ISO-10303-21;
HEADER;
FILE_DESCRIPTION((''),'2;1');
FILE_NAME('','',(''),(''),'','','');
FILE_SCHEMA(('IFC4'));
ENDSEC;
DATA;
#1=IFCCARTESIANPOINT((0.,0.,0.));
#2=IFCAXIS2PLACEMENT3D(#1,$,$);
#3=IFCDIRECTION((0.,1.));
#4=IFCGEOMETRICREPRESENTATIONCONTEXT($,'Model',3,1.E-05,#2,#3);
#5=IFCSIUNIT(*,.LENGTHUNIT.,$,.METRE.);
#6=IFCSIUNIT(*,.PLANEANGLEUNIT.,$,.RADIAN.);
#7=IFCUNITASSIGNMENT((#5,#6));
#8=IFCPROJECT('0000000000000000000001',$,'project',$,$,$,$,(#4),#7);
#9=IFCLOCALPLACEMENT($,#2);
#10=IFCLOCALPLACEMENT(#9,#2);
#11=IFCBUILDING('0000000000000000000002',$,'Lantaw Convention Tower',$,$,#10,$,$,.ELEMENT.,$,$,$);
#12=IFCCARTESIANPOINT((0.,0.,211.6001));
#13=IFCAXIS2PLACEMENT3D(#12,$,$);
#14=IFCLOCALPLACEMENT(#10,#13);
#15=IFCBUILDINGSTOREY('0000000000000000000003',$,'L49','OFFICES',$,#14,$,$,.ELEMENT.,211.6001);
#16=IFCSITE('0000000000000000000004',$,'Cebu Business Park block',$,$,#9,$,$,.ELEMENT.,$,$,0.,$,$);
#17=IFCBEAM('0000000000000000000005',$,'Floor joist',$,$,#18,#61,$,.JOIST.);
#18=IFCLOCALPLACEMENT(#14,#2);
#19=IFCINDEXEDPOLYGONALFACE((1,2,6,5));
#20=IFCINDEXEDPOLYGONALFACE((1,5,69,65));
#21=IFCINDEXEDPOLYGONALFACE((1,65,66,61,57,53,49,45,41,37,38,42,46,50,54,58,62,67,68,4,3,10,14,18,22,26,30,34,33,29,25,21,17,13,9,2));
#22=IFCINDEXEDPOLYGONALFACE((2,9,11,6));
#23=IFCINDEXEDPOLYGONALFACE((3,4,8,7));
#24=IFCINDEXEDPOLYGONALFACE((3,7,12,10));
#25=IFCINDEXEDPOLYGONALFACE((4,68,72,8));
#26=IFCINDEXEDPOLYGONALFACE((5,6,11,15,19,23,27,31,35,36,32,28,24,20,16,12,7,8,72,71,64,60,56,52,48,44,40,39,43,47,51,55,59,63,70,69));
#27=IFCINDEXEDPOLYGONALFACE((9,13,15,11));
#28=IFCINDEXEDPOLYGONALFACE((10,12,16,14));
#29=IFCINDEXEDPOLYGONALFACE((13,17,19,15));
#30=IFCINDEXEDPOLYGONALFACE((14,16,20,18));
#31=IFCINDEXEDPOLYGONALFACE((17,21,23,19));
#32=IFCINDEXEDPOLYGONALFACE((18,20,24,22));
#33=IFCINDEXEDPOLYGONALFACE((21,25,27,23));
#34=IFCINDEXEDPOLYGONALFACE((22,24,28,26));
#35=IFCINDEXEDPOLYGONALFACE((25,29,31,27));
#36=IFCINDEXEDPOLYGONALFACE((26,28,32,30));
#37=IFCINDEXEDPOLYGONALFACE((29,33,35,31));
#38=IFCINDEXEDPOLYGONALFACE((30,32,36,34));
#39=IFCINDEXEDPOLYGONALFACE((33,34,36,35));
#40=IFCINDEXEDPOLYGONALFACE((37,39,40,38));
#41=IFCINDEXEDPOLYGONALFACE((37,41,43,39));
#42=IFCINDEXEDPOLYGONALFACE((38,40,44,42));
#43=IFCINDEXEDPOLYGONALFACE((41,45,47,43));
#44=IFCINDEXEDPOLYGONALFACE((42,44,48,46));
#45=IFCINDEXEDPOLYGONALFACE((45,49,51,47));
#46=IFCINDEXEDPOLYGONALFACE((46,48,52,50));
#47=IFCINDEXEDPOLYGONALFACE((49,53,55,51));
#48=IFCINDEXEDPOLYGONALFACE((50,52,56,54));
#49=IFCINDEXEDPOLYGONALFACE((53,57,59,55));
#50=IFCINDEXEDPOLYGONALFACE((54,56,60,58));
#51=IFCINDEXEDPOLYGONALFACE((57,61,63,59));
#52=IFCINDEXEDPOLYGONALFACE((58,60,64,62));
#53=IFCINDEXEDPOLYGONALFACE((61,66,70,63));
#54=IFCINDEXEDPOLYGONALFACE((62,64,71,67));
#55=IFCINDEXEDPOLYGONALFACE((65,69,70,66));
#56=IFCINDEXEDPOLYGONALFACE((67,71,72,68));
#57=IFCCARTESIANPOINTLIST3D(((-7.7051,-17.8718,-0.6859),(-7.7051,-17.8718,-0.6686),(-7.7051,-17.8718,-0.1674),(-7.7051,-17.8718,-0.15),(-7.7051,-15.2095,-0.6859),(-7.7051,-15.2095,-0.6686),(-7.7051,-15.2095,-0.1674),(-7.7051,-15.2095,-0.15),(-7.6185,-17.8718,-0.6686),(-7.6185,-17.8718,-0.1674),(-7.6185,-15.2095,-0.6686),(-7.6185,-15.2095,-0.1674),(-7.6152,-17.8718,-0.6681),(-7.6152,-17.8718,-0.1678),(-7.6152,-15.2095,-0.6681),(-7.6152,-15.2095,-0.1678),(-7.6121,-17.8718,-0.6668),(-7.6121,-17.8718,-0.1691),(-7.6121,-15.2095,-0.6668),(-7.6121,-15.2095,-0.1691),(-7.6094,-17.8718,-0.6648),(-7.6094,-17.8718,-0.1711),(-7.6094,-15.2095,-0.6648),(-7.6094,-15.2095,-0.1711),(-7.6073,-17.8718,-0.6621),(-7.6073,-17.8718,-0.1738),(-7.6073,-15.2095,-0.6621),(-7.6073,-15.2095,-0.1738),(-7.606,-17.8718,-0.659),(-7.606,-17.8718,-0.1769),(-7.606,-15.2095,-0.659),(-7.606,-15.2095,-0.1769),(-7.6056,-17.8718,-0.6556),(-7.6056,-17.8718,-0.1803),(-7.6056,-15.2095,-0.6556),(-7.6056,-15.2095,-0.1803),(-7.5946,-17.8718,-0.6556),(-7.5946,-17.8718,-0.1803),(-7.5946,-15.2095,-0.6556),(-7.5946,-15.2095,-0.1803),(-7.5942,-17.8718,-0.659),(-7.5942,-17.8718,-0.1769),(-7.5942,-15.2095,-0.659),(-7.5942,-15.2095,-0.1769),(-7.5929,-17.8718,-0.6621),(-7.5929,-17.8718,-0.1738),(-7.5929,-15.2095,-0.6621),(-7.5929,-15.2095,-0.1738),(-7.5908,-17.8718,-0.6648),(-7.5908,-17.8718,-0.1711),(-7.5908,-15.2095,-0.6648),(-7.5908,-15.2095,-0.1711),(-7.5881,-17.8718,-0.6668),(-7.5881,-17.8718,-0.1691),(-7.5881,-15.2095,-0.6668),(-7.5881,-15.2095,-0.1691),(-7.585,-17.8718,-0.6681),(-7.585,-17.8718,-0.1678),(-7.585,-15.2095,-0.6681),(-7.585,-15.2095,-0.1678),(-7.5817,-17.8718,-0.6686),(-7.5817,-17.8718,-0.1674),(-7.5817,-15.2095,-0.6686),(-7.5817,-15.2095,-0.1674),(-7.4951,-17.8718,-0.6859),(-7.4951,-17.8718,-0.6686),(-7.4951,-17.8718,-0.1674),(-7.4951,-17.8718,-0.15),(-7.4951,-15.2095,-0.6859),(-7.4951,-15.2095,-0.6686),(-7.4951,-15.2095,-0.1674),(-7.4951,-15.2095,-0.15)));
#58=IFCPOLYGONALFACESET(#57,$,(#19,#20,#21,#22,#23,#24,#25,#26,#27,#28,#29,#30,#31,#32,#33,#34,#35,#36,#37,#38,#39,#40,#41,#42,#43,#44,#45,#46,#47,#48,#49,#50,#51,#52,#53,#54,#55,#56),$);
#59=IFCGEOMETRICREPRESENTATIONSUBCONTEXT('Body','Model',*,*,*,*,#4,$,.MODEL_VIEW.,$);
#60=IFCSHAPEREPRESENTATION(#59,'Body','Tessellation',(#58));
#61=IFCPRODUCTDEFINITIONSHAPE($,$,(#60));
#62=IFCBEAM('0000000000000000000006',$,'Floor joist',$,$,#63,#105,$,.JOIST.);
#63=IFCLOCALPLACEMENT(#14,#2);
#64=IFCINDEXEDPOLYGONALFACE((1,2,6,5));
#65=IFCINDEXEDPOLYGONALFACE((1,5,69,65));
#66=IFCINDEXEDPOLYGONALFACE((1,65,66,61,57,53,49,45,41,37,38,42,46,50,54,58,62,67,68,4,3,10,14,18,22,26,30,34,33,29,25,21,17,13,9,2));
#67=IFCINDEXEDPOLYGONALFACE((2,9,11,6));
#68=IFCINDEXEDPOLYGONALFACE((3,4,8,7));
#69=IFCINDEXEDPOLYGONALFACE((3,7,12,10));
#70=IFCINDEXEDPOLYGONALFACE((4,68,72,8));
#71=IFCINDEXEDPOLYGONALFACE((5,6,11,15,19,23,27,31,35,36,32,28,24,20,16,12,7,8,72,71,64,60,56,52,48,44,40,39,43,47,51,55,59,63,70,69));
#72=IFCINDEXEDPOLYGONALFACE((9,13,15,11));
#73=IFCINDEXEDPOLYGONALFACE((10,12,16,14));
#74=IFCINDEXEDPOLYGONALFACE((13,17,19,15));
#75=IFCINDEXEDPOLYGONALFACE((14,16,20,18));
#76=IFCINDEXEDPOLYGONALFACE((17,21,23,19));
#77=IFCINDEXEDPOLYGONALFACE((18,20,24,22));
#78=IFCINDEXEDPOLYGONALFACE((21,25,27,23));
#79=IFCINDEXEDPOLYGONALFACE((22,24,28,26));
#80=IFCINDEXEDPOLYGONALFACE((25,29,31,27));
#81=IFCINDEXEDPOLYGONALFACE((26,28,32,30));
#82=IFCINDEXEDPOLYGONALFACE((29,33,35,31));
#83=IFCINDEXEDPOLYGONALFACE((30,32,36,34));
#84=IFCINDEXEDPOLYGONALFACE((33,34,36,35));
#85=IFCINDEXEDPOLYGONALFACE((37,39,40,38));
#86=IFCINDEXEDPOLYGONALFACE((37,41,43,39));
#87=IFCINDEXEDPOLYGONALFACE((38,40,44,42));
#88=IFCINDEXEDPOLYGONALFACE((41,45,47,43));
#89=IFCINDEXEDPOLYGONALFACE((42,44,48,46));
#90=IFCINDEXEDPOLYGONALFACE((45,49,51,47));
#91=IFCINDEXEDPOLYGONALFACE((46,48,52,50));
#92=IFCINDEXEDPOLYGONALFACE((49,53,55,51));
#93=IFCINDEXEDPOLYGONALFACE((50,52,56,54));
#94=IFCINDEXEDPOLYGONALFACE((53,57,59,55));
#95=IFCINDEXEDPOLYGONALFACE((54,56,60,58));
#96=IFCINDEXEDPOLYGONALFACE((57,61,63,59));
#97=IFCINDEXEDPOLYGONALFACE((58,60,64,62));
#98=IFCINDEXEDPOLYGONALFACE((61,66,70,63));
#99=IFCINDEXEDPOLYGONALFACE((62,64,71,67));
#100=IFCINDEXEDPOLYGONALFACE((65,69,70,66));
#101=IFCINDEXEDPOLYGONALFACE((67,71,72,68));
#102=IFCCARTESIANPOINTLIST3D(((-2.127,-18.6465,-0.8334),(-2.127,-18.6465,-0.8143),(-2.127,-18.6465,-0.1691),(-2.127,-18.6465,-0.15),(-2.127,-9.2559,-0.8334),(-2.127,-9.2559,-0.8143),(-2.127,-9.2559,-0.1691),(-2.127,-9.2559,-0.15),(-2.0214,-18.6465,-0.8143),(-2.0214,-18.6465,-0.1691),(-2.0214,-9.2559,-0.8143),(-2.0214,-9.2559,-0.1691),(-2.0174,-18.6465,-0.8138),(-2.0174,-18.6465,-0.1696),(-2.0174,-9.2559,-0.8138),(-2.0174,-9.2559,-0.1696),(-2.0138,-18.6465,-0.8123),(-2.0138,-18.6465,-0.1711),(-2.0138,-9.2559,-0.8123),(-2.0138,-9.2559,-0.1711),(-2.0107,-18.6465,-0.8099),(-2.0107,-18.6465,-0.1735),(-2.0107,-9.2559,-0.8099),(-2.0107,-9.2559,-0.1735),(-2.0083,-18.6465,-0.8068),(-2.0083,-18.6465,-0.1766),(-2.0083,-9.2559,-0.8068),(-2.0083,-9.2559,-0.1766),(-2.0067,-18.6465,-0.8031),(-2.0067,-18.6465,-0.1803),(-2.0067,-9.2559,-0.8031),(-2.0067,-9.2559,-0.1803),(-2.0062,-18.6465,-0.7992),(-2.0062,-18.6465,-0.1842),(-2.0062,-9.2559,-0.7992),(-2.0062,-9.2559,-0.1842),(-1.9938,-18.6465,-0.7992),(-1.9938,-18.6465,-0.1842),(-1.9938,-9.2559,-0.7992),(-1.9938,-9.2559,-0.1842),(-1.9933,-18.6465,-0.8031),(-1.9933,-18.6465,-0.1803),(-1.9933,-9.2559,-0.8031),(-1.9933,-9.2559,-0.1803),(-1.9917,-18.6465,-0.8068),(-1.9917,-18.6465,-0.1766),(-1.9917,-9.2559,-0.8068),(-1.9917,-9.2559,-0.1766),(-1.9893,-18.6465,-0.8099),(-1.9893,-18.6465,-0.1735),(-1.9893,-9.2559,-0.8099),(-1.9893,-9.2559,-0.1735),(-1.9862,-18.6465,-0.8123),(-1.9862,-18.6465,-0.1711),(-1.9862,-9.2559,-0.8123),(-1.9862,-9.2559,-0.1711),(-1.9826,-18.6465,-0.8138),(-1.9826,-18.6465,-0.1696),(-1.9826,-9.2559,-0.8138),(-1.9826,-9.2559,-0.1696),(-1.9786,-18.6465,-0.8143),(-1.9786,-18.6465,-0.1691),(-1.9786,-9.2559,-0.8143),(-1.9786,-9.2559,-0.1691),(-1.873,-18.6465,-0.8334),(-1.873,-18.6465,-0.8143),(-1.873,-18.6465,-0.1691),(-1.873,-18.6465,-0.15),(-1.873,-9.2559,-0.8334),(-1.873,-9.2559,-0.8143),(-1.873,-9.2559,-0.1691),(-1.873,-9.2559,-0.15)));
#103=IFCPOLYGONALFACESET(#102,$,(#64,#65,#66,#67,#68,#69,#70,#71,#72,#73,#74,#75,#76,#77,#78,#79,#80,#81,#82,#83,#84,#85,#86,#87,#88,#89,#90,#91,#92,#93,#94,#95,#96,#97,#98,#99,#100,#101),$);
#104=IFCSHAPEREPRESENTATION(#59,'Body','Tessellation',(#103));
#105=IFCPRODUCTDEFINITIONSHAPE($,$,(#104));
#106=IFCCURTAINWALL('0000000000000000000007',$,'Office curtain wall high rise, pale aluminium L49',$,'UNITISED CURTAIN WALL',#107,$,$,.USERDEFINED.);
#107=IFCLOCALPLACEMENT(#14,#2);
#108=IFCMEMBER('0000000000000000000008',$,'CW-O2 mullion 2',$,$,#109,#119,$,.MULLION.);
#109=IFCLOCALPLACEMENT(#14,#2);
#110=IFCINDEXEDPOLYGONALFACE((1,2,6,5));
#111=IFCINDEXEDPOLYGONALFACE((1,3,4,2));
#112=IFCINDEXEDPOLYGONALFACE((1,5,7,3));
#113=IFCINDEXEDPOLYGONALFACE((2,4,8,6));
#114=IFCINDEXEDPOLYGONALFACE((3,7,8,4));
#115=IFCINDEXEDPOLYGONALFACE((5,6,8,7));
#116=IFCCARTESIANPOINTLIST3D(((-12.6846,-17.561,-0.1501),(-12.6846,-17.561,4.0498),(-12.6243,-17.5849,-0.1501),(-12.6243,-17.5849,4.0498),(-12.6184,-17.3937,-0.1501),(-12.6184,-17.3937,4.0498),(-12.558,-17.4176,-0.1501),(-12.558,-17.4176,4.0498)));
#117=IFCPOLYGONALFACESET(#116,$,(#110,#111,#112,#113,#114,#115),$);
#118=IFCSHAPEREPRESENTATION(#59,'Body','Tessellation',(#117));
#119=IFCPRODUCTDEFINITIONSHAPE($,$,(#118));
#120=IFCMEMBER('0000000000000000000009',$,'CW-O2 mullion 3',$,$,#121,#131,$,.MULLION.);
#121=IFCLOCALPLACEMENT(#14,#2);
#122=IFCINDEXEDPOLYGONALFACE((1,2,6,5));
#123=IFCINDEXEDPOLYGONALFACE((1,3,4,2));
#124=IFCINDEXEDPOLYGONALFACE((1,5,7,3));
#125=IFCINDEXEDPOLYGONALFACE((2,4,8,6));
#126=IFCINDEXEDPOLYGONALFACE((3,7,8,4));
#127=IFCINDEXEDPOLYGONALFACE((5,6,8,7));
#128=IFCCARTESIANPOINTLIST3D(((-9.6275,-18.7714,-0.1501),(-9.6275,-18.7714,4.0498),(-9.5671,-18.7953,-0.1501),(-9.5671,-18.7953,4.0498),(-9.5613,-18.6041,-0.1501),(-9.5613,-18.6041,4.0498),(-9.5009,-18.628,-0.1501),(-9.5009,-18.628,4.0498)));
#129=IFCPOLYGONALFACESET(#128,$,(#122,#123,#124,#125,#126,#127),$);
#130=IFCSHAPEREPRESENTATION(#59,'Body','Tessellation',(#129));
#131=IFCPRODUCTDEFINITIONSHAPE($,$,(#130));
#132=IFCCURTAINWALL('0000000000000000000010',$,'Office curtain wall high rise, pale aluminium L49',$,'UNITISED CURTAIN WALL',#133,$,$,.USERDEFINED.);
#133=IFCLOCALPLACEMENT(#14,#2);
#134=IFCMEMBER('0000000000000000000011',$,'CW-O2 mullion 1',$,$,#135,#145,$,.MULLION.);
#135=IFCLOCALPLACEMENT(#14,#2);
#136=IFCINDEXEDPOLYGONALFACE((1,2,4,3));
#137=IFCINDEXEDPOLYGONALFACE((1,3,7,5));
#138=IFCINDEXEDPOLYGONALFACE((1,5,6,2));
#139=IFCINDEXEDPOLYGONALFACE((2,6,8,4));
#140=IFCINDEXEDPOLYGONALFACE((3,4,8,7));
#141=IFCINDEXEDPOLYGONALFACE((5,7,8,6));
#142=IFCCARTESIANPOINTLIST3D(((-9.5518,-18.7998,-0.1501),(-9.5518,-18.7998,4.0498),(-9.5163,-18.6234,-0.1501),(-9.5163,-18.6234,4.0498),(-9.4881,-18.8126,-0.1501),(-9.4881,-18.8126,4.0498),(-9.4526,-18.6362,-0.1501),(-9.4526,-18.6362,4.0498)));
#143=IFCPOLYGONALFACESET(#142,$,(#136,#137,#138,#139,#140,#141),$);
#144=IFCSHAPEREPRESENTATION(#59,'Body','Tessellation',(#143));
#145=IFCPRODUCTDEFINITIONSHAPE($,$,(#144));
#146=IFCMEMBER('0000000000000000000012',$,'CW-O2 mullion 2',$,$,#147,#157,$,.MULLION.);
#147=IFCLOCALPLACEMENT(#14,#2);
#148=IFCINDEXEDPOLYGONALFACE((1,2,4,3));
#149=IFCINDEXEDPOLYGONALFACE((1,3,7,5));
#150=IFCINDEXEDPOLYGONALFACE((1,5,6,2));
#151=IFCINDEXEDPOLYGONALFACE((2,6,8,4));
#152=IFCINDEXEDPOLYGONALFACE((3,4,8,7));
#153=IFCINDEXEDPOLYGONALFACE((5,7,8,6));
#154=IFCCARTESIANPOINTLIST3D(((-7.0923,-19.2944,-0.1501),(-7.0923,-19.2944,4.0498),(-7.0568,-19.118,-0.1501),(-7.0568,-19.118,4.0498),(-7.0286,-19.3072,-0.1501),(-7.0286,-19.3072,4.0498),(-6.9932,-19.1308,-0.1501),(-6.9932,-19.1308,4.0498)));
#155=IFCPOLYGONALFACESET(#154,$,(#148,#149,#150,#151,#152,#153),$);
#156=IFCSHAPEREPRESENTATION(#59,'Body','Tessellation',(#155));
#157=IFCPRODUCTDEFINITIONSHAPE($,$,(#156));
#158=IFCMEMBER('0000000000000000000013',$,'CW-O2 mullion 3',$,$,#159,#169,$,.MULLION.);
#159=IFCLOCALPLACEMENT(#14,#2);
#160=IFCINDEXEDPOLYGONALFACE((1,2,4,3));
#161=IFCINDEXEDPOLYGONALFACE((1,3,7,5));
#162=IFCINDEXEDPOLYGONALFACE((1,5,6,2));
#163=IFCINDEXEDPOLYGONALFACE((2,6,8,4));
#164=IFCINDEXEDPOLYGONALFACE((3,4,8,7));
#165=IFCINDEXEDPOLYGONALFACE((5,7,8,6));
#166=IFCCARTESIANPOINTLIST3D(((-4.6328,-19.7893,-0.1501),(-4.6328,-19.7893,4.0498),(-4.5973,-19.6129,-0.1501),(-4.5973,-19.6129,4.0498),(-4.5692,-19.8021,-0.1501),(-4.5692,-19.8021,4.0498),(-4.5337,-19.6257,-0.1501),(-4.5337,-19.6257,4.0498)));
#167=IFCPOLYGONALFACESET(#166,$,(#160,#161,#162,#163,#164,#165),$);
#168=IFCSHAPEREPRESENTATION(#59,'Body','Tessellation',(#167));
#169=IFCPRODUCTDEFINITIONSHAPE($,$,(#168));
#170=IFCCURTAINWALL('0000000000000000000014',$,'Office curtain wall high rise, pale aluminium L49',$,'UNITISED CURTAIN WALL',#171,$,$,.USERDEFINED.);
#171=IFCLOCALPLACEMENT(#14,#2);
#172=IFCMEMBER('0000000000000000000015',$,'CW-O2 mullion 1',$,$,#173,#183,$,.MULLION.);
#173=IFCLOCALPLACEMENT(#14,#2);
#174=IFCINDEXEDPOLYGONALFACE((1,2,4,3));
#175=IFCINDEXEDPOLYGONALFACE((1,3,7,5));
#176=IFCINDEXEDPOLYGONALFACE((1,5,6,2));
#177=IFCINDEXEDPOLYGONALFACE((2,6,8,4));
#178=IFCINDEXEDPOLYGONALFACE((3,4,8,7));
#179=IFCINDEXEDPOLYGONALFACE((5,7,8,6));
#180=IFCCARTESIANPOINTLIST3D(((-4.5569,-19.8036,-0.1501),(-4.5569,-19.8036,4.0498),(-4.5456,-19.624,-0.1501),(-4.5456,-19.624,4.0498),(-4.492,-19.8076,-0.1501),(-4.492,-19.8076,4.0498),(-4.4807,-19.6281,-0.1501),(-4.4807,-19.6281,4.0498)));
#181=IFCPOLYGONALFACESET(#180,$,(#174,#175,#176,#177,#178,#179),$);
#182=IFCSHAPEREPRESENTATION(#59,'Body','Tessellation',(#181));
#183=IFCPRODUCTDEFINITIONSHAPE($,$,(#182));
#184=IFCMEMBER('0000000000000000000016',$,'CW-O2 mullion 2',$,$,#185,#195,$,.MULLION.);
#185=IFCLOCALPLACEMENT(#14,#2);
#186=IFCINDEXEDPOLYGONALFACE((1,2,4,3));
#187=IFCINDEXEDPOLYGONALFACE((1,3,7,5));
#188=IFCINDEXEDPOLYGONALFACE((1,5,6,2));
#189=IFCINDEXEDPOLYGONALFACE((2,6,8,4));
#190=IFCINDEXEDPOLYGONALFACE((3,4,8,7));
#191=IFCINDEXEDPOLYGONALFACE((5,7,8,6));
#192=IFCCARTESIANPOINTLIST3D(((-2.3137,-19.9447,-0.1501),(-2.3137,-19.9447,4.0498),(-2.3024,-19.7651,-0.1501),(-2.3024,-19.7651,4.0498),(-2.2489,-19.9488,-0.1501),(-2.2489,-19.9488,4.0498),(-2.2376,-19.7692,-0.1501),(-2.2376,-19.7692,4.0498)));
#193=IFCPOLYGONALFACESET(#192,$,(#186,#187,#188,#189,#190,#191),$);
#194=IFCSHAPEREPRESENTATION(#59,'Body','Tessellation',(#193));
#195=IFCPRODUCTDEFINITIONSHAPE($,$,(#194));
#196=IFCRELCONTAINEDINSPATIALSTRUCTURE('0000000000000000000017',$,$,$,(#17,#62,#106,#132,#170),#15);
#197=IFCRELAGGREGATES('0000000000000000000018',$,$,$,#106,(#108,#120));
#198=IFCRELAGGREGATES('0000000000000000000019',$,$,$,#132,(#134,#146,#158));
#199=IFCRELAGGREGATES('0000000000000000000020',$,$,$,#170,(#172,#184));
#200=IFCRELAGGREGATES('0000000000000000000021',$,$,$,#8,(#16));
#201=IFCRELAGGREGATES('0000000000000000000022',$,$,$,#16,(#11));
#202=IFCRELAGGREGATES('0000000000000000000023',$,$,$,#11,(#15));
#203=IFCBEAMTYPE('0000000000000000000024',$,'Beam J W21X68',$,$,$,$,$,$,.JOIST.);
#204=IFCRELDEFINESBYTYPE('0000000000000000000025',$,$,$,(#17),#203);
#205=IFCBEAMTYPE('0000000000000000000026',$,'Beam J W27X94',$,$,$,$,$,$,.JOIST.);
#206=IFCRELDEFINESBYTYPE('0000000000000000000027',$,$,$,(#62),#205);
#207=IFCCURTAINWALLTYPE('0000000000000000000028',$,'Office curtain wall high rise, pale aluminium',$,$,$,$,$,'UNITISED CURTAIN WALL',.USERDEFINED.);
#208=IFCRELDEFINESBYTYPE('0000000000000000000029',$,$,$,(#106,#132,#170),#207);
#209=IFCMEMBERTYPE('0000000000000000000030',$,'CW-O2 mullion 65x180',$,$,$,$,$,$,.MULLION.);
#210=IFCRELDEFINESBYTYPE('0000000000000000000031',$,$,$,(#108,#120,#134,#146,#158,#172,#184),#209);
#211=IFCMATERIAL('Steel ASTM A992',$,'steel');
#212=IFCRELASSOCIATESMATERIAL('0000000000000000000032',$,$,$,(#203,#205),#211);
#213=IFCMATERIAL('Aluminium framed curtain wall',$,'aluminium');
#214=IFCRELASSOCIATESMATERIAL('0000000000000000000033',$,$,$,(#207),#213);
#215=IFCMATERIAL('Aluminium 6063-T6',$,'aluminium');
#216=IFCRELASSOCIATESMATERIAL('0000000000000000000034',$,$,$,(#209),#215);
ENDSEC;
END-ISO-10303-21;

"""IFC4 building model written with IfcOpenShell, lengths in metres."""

from ifc_helpers import new_model, si_unit, direction, frame, origin, origin_2d, place, context, subcontext, project, spatial, rectangle, i_section, extrude, material, material_profile, profile_set, type_object, element, aggregate, save


model = new_model("IFC4")

# Units and contexts
model_context = context("Model", 3, precision=1e-05, world=origin(), true_north=direction((0.0, 1.0)))
body_context = subcontext(model_context, "Body", "Model", "MODEL_VIEW")
ifc_project = project(units=[si_unit("LENGTHUNIT", "METRE"), si_unit("PLANEANGLEUNIT", "RADIAN")], contexts=[model_context])

# Site, building, storey
site_placement = place(None, origin())
site = spatial("IfcSite", under=ifc_project, at=site_placement, Name="Cebu Business Park block", CompositionType="ELEMENT", RefElevation=0.0)
building_placement = place(site_placement, origin())
building = spatial("IfcBuilding", under=site, at=building_placement, Name="Lantaw Convention Tower", CompositionType="ELEMENT")
storey_placement = place(building_placement, frame((0.0, 0.0, 211.6001)))
storey = spatial("IfcBuildingStorey", under=building, at=storey_placement, Name="L49", Description="OFFICES", CompositionType="ELEMENT", Elevation=211.6001)

# Beams
ifc_material_1 = material(Name="Steel ASTM A992", Category="steel")
ifc_material_profile_1 = material_profile(ifc_material_1, i_section(OverallWidth=0.21, OverallDepth=0.5359, WebThickness=0.011, FlangeThickness=0.0173, FilletRadius=0.0129, at=origin_2d()), Name="W21X68")
ifc_profile_set_1 = profile_set([ifc_material_profile_1], Name="Steel ASTM A992")
beam_type_1 = type_object("IfcBeamType", Name="Beam J W21X68", PredefinedType="JOIST", material=ifc_profile_set_1)
beam_1_placement = place(storey_placement, frame((-7.6001, -17.8718, -0.418), z_axis=(0.0, 1.0, 0.0), x_axis=(-1.0, 0.0, 0.0)))
element("IfcBeam", 1, at=beam_1_placement, inside=storey, type_object=beam_type_1, Name="Floor joist", PredefinedType="JOIST", context=body_context, shape_type="SweptSolid", body=[
    extrude(i_section(OverallWidth=0.21, OverallDepth=0.5359, WebThickness=0.011, FlangeThickness=0.0173, FilletRadius=0.0129, at=origin_2d()), origin(), (0.0, 0.0, 1.0), 2.6624),
])
ifc_material_profile_2 = material_profile(ifc_material_1, i_section(OverallWidth=0.2539, OverallDepth=0.6833, WebThickness=0.0125, FlangeThickness=0.019, FilletRadius=0.0151, at=origin_2d()), Name="W27X94")
ifc_profile_set_2 = profile_set([ifc_material_profile_2], Name="Steel ASTM A992")
beam_type_2 = type_object("IfcBeamType", Name="Beam J W27X94", PredefinedType="JOIST", material=ifc_profile_set_2)
beam_2_placement = place(storey_placement, frame((-2.0, -18.6465, -0.4917), z_axis=(0.0, 1.0, 0.0), x_axis=(-1.0, 0.0, 0.0)))
element("IfcBeam", 2, at=beam_2_placement, inside=storey, type_object=beam_type_2, Name="Floor joist", PredefinedType="JOIST", context=body_context, shape_type="SweptSolid", body=[
    extrude(i_section(OverallWidth=0.2539, OverallDepth=0.6833, WebThickness=0.0125, FlangeThickness=0.019, FilletRadius=0.0151, at=origin_2d()), origin(), (0.0, 0.0, 1.0), 9.3906),
])

# Curtain walls, members
ifc_material_2 = material(Name="Aluminium framed curtain wall", Category="aluminium")
curtain_wall_type = type_object("IfcCurtainWallType", Name="Office curtain wall high rise, pale aluminium", ElementType="UNITISED CURTAIN WALL", PredefinedType="USERDEFINED", material=ifc_material_2)
curtain_wall_1_placement = place(storey_placement, origin())
curtain_wall_1 = element("IfcCurtainWall", 3, at=curtain_wall_1_placement, inside=storey, type_object=curtain_wall_type, Name="Office curtain wall high rise, pale aluminium L49", ObjectType="UNITISED CURTAIN WALL", PredefinedType="USERDEFINED")
ifc_material_3 = material(Name="Aluminium 6063-T6", Category="aluminium")
ifc_material_profile_3 = material_profile(ifc_material_3, rectangle(XDim=0.1799, YDim=0.0649, at=origin_2d()), Name="CW-O2 mullion 65x180")
ifc_profile_set_3 = profile_set([ifc_material_profile_3], Name="Aluminium 6063-T6")
member_type_1 = type_object("IfcMemberType", Name="CW-O2 mullion 65x180", PredefinedType="MULLION", material=ifc_profile_set_3)
member_1_placement = place(storey_placement, frame((-12.6213, -17.4893, -0.1501), z_axis=(0.0, 0.0, 1.0), x_axis=(0.368162, 0.929762, 0.0)))
member_1 = element("IfcMember", 4, at=member_1_placement, type_object=member_type_1, Name="CW-O2 mullion 2", PredefinedType="MULLION", context=body_context, shape_type="SweptSolid", body=[
    extrude(rectangle(XDim=0.1799, YDim=0.0649, at=origin_2d()), origin(), (0.0, 0.0, 1.0), 4.2),
])
member_2_placement = place(storey_placement, frame((-9.5642, -18.6997, -0.1501), z_axis=(0.0, 0.0, 1.0), x_axis=(0.368162, 0.929762, 0.0)))
member_2 = element("IfcMember", 5, at=member_2_placement, type_object=member_type_1, Name="CW-O2 mullion 3", PredefinedType="MULLION", context=body_context, shape_type="SweptSolid", body=[
    extrude(rectangle(XDim=0.1799, YDim=0.0649, at=origin_2d()), origin(), (0.0, 0.0, 1.0), 4.2),
])
curtain_wall_2_placement = place(storey_placement, origin())
curtain_wall_2 = element("IfcCurtainWall", 6, at=curtain_wall_2_placement, inside=storey, type_object=curtain_wall_type, Name="Office curtain wall high rise, pale aluminium L49", ObjectType="UNITISED CURTAIN WALL", PredefinedType="USERDEFINED")
member_3_placement = place(storey_placement, frame((-9.5022, -18.718, -0.1501), z_axis=(0.0, 0.0, 1.0), x_axis=(0.197183, 0.980367, 0.0)))
member_3 = element("IfcMember", 7, at=member_3_placement, type_object=member_type_1, Name="CW-O2 mullion 1", PredefinedType="MULLION", context=body_context, shape_type="SweptSolid", body=[
    extrude(rectangle(XDim=0.1799, YDim=0.0649, at=origin_2d()), origin(), (0.0, 0.0, 1.0), 4.2),
])
member_4_placement = place(storey_placement, frame((-7.0427, -19.2126, -0.1501), z_axis=(0.0, 0.0, 1.0), x_axis=(0.197183, 0.980367, 0.0)))
member_4 = element("IfcMember", 8, at=member_4_placement, type_object=member_type_1, Name="CW-O2 mullion 2", PredefinedType="MULLION", context=body_context, shape_type="SweptSolid", body=[
    extrude(rectangle(XDim=0.1799, YDim=0.0649, at=origin_2d()), origin(), (0.0, 0.0, 1.0), 4.2),
])
member_5_placement = place(storey_placement, frame((-4.5833, -19.7075, -0.1501), z_axis=(0.0, 0.0, 1.0), x_axis=(0.197183, 0.980367, 0.0)))
member_5 = element("IfcMember", 9, at=member_5_placement, type_object=member_type_1, Name="CW-O2 mullion 3", PredefinedType="MULLION", context=body_context, shape_type="SweptSolid", body=[
    extrude(rectangle(XDim=0.1799, YDim=0.0649, at=origin_2d()), origin(), (0.0, 0.0, 1.0), 4.2),
])
curtain_wall_3_placement = place(storey_placement, origin())
curtain_wall_3 = element("IfcCurtainWall", 10, at=curtain_wall_3_placement, inside=storey, type_object=curtain_wall_type, Name="Office curtain wall high rise, pale aluminium L49", ObjectType="UNITISED CURTAIN WALL", PredefinedType="USERDEFINED")
member_6_placement = place(storey_placement, frame((-4.5188, -19.7158, -0.1501), z_axis=(0.0, 0.0, 1.0), x_axis=(0.062758, 0.998029, 0.0)))
member_6 = element("IfcMember", 11, at=member_6_placement, type_object=member_type_1, Name="CW-O2 mullion 1", PredefinedType="MULLION", context=body_context, shape_type="SweptSolid", body=[
    extrude(rectangle(XDim=0.1799, YDim=0.0649, at=origin_2d()), origin(), (0.0, 0.0, 1.0), 4.2),
])
member_7_placement = place(storey_placement, frame((-2.2756, -19.8569, -0.1501), z_axis=(0.0, 0.0, 1.0), x_axis=(0.062758, 0.998029, 0.0)))
member_7 = element("IfcMember", 12, at=member_7_placement, type_object=member_type_1, Name="CW-O2 mullion 2", PredefinedType="MULLION", context=body_context, shape_type="SweptSolid", body=[
    extrude(rectangle(XDim=0.1799, YDim=0.0649, at=origin_2d()), origin(), (0.0, 0.0, 1.0), 4.2),
])

aggregate(curtain_wall_1, [member_1, member_2])
aggregate(curtain_wall_2, [member_3, member_4, member_5])
aggregate(curtain_wall_3, [member_6, member_7])

save(model, "model.ifc")
